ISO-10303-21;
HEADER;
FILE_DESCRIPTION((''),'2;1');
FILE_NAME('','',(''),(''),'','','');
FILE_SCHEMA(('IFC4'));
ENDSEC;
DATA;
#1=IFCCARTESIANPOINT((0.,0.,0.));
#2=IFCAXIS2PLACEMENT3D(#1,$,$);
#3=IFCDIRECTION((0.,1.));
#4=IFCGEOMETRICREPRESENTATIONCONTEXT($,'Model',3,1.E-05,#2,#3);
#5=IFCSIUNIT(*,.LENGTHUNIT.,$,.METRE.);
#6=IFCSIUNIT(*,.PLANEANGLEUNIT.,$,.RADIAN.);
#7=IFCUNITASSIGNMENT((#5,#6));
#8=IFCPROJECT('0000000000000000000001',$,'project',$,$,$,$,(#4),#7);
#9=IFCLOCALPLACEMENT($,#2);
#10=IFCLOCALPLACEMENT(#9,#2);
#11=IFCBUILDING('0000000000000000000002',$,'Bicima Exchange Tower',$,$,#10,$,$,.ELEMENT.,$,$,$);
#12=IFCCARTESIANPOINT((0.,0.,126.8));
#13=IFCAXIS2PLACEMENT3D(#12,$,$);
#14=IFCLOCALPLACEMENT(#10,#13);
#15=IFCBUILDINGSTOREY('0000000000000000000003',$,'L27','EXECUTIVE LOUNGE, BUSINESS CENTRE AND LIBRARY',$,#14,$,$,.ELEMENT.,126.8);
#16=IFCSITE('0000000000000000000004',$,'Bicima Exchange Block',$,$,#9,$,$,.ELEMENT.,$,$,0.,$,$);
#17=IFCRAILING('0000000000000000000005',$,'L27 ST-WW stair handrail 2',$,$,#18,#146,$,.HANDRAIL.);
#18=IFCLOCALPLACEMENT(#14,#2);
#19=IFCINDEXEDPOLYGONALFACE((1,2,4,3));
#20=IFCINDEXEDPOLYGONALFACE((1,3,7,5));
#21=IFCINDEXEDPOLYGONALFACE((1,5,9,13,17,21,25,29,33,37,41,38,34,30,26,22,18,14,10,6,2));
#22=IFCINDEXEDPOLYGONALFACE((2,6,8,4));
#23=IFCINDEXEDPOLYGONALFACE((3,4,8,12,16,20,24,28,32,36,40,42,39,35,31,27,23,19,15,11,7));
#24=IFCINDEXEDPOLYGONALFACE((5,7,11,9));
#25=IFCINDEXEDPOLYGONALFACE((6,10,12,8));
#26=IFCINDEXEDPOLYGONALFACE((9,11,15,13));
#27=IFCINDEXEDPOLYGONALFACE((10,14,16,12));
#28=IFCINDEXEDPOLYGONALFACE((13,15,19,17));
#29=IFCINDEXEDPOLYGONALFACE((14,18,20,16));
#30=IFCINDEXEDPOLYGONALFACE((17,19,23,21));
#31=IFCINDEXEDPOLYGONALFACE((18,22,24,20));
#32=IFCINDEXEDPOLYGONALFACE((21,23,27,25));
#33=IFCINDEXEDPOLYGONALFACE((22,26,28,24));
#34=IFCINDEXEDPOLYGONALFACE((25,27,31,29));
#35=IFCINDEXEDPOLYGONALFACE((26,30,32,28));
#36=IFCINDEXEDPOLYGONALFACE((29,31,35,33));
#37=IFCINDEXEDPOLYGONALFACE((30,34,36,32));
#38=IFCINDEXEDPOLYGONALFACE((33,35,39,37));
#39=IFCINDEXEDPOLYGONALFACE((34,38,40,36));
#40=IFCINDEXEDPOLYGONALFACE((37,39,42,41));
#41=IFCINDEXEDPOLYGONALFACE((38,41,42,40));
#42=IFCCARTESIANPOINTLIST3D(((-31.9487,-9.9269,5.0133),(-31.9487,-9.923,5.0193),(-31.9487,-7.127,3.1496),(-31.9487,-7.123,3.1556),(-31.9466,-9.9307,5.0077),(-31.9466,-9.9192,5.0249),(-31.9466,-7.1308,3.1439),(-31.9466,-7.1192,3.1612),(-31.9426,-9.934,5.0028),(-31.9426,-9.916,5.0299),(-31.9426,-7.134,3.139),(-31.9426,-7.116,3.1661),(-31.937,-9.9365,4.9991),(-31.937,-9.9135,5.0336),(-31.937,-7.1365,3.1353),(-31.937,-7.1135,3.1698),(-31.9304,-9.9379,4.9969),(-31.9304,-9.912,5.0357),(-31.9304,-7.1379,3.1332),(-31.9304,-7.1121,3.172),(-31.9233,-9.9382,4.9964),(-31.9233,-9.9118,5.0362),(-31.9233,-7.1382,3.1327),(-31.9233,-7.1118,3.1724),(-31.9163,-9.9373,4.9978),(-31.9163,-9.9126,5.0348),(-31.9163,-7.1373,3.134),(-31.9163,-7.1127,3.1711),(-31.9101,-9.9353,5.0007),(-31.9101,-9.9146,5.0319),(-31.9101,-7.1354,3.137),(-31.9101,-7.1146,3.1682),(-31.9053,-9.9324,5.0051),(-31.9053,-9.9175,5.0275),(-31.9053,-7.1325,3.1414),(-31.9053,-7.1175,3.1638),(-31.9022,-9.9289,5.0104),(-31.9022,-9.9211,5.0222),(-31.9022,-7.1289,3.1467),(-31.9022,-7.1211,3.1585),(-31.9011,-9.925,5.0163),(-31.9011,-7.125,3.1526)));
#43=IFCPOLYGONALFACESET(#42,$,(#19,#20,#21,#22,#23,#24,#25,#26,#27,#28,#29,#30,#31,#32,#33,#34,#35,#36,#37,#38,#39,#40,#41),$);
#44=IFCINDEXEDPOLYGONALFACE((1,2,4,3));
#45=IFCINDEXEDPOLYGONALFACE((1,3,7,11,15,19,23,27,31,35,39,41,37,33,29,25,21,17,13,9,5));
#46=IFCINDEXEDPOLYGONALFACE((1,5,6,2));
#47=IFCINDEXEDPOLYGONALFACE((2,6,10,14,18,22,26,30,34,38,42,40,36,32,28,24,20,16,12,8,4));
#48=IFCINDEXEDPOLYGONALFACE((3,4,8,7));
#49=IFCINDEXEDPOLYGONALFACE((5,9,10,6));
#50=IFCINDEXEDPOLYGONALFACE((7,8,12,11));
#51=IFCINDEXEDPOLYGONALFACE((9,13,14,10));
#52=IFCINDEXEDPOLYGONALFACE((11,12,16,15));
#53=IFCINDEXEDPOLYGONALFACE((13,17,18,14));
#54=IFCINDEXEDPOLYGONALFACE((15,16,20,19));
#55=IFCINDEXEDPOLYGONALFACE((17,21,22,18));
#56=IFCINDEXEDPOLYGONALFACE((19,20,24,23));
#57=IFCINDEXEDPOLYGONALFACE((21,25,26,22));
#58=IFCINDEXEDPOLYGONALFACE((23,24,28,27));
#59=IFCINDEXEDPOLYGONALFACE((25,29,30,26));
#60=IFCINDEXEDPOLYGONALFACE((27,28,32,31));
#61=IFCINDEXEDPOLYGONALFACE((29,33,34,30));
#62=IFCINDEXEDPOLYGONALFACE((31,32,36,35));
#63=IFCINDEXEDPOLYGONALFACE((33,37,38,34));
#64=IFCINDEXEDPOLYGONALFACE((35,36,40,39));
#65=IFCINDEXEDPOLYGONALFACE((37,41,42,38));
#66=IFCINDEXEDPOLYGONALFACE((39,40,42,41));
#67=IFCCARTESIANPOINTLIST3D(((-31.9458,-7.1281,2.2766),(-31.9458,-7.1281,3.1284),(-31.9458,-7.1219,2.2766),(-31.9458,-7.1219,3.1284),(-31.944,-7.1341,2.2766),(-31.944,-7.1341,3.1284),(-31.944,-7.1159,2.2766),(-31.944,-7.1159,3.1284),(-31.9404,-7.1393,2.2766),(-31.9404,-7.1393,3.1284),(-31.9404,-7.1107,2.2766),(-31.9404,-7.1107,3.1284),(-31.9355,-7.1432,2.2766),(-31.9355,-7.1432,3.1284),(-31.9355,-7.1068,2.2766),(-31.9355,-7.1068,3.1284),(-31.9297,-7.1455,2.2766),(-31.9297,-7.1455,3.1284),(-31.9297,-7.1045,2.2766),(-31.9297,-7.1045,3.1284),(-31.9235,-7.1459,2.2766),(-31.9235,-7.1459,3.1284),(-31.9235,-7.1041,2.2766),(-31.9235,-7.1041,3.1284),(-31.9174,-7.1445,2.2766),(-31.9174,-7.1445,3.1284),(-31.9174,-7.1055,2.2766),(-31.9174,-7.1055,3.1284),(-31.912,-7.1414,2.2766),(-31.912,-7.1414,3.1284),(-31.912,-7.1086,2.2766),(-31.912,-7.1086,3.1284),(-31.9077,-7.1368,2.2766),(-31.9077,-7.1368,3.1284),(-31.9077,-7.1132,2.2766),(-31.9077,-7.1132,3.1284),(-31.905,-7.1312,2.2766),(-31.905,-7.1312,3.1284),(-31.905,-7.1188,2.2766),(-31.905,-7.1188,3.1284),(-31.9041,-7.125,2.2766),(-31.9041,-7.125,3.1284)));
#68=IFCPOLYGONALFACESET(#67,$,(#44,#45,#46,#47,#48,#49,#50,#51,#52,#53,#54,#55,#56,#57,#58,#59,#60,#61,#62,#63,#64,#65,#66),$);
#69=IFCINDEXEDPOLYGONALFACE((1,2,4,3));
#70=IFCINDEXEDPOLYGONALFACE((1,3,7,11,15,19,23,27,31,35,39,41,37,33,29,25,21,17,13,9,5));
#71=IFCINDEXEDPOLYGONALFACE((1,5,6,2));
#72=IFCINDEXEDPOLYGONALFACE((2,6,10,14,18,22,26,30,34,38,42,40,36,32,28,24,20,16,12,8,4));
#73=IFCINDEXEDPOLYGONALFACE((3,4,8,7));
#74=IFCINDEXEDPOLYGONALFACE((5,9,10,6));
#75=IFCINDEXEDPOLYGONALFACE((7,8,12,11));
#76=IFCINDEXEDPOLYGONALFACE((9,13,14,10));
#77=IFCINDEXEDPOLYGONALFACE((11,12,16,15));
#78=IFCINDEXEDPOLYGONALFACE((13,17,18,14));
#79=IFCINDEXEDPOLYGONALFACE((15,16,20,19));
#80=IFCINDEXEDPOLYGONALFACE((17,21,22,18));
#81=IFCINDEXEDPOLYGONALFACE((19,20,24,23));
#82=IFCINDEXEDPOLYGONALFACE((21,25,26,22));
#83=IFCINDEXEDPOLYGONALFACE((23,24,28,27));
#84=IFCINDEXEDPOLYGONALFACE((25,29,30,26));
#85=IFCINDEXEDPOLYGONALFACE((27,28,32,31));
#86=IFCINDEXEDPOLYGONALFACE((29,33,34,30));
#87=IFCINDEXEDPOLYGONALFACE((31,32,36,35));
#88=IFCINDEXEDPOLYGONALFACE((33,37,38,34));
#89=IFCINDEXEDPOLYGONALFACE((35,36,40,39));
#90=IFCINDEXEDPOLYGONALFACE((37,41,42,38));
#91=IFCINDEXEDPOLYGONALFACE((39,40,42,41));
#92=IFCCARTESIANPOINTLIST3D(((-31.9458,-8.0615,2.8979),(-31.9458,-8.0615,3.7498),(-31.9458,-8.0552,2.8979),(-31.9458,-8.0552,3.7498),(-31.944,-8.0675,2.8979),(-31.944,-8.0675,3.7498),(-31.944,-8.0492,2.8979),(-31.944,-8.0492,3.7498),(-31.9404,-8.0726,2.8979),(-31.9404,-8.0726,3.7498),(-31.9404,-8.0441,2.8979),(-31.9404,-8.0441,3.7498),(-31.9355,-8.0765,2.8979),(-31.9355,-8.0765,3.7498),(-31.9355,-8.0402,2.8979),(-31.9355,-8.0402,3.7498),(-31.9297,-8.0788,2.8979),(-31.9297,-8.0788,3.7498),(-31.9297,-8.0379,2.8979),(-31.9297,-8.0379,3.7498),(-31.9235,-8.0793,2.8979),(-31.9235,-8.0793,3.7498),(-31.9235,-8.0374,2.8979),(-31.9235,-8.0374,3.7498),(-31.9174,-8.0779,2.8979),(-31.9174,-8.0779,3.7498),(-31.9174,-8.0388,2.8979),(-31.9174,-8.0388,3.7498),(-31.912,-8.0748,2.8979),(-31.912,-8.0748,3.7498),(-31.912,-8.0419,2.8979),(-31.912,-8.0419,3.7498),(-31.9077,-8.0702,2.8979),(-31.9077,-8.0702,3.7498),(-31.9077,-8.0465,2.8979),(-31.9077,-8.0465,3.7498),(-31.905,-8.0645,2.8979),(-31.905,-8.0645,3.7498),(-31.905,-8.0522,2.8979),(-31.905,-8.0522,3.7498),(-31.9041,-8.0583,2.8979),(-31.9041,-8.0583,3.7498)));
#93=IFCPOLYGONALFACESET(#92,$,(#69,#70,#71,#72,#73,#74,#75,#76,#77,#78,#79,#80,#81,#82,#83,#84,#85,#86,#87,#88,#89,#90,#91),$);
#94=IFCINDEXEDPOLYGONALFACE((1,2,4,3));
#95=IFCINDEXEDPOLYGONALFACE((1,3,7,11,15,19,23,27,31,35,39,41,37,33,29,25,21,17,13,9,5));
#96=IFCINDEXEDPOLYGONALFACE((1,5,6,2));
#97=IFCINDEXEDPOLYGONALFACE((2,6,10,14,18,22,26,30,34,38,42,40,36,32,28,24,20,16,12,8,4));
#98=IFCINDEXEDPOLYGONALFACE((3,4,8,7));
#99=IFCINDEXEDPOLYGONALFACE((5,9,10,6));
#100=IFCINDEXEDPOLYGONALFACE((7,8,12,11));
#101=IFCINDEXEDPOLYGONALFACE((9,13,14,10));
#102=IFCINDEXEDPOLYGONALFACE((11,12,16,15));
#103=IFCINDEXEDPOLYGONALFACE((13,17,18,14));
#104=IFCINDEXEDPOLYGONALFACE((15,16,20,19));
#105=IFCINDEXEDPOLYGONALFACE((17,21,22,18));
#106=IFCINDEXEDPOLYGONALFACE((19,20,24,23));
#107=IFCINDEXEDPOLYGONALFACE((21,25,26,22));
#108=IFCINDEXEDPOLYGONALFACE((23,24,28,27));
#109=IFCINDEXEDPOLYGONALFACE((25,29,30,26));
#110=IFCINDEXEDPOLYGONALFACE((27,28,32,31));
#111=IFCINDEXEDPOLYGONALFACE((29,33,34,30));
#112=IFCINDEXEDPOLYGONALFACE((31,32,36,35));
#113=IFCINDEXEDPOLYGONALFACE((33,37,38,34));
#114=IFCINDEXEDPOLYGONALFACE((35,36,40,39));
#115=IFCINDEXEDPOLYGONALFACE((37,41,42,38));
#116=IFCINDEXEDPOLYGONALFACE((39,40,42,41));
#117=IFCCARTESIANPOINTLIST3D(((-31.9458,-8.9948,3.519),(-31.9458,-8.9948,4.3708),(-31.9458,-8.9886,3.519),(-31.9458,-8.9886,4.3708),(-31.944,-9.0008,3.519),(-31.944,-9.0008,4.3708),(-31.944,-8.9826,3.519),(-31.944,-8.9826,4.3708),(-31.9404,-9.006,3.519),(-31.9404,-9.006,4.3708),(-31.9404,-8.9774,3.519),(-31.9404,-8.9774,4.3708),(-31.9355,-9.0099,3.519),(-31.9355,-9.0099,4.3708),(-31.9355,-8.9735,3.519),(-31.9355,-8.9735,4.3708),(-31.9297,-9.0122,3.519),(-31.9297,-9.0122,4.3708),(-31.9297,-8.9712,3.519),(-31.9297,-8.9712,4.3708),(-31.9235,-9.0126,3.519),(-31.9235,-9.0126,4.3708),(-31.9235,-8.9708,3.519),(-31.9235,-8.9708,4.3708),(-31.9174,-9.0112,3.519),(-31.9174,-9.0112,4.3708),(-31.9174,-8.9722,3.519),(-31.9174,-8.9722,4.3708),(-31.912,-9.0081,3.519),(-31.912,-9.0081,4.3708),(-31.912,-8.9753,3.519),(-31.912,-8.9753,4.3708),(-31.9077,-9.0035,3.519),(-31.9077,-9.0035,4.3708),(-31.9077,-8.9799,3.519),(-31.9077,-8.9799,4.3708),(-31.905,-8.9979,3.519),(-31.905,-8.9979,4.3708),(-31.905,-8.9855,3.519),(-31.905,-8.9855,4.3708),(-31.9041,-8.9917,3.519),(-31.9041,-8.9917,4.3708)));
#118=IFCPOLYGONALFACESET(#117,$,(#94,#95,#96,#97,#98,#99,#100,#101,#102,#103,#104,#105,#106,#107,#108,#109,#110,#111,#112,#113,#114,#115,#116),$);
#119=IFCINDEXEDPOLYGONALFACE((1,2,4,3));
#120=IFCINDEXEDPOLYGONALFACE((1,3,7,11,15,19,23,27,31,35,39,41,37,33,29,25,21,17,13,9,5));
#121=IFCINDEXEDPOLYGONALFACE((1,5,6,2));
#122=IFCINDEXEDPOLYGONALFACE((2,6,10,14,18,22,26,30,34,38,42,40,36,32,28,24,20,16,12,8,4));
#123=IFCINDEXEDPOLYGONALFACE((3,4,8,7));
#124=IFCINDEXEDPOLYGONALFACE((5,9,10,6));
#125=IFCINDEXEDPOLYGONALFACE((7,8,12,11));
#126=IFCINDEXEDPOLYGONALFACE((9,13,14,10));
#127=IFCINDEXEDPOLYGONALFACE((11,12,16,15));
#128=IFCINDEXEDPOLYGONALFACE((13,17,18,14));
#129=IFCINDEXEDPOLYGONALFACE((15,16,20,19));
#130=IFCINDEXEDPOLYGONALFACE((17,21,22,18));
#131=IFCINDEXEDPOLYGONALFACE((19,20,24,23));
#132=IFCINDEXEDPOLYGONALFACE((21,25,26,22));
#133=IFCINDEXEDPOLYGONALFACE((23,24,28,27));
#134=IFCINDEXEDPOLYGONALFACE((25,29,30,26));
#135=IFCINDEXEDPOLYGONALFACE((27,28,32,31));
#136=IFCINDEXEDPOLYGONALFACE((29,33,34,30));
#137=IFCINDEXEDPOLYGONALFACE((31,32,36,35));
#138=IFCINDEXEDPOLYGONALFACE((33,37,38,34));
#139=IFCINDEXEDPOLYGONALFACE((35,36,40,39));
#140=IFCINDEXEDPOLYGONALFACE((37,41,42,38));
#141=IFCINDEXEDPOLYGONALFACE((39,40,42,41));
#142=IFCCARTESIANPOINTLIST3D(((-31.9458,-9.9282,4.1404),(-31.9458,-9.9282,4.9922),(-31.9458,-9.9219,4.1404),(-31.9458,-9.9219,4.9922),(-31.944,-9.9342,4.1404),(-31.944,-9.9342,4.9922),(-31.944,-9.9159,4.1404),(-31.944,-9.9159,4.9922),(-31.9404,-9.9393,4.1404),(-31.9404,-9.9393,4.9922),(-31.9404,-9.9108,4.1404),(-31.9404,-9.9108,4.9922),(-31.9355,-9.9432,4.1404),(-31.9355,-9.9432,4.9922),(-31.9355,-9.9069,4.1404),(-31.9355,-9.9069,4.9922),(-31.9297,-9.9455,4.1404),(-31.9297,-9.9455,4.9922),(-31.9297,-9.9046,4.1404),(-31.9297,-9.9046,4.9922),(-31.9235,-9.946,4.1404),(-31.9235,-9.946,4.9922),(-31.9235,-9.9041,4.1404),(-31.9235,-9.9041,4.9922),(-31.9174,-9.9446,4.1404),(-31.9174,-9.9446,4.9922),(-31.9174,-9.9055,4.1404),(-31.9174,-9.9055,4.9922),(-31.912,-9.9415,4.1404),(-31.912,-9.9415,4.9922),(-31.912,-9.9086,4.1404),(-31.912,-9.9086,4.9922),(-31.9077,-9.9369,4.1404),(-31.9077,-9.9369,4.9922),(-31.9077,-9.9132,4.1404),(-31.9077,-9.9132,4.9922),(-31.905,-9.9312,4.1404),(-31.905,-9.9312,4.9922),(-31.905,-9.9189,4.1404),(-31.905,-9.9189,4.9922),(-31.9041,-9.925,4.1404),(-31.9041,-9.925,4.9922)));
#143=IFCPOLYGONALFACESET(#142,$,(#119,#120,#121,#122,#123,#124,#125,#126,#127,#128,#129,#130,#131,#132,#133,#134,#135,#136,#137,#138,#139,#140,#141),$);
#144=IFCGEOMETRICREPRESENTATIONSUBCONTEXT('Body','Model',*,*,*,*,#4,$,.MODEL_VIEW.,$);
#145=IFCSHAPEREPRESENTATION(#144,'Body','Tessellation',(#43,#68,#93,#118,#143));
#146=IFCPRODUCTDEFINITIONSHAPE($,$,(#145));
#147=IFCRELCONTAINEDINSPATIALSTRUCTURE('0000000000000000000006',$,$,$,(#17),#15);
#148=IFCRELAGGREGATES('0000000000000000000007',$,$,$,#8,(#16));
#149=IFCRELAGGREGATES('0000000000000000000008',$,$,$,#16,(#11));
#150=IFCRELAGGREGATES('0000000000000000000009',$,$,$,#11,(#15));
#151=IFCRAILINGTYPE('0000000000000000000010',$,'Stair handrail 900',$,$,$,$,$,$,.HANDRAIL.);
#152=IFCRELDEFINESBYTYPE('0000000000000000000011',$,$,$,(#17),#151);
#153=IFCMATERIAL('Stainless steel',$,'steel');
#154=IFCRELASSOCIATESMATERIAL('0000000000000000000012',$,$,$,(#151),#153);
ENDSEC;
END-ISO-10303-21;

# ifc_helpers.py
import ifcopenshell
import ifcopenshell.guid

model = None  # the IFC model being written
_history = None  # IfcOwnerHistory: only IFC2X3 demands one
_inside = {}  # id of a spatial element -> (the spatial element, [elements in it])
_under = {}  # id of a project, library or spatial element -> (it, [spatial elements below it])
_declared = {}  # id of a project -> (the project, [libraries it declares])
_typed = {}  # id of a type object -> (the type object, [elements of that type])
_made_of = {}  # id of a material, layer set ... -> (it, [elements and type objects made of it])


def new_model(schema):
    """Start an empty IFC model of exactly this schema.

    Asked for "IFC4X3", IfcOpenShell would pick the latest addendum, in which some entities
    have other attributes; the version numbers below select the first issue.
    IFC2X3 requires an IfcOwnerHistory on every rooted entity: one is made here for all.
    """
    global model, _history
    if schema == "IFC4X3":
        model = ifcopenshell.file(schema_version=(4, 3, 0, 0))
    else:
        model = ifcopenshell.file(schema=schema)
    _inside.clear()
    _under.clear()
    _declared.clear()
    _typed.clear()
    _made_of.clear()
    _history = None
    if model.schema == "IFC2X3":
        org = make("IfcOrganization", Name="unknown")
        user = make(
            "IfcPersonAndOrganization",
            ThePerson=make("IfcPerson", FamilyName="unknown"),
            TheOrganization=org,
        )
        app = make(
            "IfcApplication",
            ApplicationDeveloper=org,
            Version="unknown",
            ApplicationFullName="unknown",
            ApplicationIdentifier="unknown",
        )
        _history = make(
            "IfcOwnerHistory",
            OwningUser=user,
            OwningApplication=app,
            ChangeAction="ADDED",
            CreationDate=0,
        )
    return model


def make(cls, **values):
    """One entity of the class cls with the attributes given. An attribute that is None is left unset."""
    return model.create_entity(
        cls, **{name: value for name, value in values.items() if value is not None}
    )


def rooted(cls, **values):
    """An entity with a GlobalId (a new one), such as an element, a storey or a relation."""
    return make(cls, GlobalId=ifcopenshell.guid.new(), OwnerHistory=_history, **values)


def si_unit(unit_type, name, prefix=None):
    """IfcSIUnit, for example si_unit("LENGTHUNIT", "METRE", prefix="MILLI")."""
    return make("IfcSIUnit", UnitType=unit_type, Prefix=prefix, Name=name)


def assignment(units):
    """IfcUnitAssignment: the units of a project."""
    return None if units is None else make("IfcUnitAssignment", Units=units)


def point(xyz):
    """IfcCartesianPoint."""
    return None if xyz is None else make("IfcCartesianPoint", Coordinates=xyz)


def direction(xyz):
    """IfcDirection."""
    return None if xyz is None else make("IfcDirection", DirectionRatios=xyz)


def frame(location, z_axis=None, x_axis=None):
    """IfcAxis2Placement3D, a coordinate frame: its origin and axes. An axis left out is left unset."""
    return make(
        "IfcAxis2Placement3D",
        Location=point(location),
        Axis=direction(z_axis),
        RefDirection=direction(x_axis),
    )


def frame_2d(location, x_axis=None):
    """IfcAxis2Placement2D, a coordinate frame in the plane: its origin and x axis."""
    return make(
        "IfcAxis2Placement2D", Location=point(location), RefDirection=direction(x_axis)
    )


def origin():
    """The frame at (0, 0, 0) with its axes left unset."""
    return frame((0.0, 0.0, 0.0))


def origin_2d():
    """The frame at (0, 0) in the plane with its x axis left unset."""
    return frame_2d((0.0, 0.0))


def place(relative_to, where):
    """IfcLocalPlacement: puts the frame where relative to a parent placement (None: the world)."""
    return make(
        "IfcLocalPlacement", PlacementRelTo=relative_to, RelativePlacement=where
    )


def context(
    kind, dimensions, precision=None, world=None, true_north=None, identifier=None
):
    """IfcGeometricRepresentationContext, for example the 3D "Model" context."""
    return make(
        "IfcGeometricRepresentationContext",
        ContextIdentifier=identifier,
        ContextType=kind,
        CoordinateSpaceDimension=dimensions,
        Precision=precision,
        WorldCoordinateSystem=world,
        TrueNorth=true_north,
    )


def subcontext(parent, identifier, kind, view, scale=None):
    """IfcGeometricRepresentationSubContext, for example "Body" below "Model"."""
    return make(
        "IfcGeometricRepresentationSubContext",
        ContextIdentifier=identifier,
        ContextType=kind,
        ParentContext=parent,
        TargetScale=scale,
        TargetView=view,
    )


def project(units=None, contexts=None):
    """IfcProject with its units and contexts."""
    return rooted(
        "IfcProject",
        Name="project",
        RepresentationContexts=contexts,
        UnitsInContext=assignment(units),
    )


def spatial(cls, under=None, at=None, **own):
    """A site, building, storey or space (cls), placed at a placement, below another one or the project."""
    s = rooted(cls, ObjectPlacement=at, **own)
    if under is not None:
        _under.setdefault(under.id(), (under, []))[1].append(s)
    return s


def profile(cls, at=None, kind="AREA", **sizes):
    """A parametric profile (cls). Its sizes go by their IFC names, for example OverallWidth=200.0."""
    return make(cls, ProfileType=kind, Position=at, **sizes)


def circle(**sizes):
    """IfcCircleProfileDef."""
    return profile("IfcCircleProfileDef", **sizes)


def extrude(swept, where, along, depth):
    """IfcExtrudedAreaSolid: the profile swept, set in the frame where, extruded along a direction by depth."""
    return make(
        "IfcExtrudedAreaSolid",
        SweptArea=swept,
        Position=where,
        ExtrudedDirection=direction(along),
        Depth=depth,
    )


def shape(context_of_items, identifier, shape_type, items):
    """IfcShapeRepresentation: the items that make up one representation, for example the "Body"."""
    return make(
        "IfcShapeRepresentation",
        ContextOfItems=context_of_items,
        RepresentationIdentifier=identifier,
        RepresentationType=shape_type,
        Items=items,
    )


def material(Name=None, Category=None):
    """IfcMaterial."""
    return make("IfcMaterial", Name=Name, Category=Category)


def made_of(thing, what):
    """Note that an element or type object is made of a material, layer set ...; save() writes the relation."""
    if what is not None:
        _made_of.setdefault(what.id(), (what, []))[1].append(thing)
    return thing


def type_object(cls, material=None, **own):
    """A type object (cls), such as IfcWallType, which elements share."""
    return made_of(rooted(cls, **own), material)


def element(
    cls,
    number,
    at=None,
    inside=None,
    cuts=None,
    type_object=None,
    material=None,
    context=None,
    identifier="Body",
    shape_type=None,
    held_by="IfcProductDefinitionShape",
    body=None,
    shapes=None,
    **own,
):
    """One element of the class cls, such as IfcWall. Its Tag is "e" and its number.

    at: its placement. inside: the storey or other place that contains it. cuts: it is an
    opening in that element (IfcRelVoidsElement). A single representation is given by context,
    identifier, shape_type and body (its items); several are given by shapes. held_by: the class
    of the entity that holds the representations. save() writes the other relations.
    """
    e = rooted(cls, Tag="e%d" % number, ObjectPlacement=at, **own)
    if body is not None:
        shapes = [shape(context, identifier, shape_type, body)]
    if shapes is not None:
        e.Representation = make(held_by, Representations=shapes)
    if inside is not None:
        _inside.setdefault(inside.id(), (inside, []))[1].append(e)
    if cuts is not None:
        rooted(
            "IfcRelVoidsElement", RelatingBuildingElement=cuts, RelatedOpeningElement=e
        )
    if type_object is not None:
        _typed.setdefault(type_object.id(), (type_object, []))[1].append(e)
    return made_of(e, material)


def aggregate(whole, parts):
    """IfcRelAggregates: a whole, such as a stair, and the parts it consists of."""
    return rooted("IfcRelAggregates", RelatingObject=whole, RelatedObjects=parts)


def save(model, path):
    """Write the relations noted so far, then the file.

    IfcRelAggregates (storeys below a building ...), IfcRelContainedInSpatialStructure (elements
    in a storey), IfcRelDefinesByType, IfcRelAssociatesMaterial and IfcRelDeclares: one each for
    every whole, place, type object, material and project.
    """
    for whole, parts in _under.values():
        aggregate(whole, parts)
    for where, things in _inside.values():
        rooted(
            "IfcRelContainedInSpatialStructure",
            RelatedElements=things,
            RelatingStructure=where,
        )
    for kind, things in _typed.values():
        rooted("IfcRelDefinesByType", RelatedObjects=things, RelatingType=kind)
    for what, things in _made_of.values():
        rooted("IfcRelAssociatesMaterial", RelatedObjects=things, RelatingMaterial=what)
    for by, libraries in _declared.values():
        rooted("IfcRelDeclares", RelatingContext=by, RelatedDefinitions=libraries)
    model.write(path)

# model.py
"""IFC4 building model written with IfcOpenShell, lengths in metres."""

from ifc_helpers import new_model, si_unit, direction, frame, origin, origin_2d, place, context, subcontext, project, spatial, circle, extrude, material, type_object, element, save


model = new_model("IFC4")

# Units and contexts
model_context = context("Model", 3, precision=1e-05, world=origin(), true_north=direction((0.0, 1.0)))
body_context = subcontext(model_context, "Body", "Model", "MODEL_VIEW")
ifc_project = project(units=[si_unit("LENGTHUNIT", "METRE"), si_unit("PLANEANGLEUNIT", "RADIAN")], contexts=[model_context])

# Site, building, storey
site_placement = place(None, origin())
site = spatial("IfcSite", under=ifc_project, at=site_placement, Name="Bicima Exchange Block", CompositionType="ELEMENT", RefElevation=0.0)
building_placement = place(site_placement, origin())
building = spatial("IfcBuilding", under=site, at=building_placement, Name="Bicima Exchange Tower", CompositionType="ELEMENT")
storey_placement = place(building_placement, frame((0.0, 0.0, 126.8)))
storey = spatial("IfcBuildingStorey", under=building, at=storey_placement, Name="L27", Description="EXECUTIVE LOUNGE, BUSINESS CENTRE AND LIBRARY", CompositionType="ELEMENT", Elevation=126.8)

# Railing
ifc_material_1 = material(Name="Stainless steel", Category="steel")
railing_type = type_object("IfcRailingType", Name="Stair handrail 900", PredefinedType="HANDRAIL", material=ifc_material_1)
railing_placement = place(storey_placement, frame((-31.925, -7.125, 2.2766)))
element("IfcRailing", 1, at=railing_placement, inside=storey, type_object=railing_type, Name="L27 ST-WW stair handrail 2", PredefinedType="HANDRAIL", context=body_context, shape_type="SweptSolid", body=[
    extrude(circle(Radius=0.0239, at=origin_2d()), frame((0.0, 0.0, 0.876), z_axis=(0.0, -0.832452, 0.554097), x_axis=(1.0, 0.0, 0.0)), (0.0, 0.0, 1.0), 3.3635),
    extrude(circle(Radius=0.021, at=origin_2d()), origin(), (0.0, 0.0, 1.0), 0.8518),
    extrude(circle(Radius=0.021, at=origin_2d()), frame((0.0, -0.9333, 0.6213)), (0.0, 0.0, 1.0), 0.8518),
    extrude(circle(Radius=0.021, at=origin_2d()), frame((0.0, -1.8667, 1.2424)), (0.0, 0.0, 1.0), 0.8518),
    extrude(circle(Radius=0.021, at=origin_2d()), frame((0.0, -2.8, 1.8638)), (0.0, 0.0, 1.0), 0.8518),
])

save(model, "model.ifc")
